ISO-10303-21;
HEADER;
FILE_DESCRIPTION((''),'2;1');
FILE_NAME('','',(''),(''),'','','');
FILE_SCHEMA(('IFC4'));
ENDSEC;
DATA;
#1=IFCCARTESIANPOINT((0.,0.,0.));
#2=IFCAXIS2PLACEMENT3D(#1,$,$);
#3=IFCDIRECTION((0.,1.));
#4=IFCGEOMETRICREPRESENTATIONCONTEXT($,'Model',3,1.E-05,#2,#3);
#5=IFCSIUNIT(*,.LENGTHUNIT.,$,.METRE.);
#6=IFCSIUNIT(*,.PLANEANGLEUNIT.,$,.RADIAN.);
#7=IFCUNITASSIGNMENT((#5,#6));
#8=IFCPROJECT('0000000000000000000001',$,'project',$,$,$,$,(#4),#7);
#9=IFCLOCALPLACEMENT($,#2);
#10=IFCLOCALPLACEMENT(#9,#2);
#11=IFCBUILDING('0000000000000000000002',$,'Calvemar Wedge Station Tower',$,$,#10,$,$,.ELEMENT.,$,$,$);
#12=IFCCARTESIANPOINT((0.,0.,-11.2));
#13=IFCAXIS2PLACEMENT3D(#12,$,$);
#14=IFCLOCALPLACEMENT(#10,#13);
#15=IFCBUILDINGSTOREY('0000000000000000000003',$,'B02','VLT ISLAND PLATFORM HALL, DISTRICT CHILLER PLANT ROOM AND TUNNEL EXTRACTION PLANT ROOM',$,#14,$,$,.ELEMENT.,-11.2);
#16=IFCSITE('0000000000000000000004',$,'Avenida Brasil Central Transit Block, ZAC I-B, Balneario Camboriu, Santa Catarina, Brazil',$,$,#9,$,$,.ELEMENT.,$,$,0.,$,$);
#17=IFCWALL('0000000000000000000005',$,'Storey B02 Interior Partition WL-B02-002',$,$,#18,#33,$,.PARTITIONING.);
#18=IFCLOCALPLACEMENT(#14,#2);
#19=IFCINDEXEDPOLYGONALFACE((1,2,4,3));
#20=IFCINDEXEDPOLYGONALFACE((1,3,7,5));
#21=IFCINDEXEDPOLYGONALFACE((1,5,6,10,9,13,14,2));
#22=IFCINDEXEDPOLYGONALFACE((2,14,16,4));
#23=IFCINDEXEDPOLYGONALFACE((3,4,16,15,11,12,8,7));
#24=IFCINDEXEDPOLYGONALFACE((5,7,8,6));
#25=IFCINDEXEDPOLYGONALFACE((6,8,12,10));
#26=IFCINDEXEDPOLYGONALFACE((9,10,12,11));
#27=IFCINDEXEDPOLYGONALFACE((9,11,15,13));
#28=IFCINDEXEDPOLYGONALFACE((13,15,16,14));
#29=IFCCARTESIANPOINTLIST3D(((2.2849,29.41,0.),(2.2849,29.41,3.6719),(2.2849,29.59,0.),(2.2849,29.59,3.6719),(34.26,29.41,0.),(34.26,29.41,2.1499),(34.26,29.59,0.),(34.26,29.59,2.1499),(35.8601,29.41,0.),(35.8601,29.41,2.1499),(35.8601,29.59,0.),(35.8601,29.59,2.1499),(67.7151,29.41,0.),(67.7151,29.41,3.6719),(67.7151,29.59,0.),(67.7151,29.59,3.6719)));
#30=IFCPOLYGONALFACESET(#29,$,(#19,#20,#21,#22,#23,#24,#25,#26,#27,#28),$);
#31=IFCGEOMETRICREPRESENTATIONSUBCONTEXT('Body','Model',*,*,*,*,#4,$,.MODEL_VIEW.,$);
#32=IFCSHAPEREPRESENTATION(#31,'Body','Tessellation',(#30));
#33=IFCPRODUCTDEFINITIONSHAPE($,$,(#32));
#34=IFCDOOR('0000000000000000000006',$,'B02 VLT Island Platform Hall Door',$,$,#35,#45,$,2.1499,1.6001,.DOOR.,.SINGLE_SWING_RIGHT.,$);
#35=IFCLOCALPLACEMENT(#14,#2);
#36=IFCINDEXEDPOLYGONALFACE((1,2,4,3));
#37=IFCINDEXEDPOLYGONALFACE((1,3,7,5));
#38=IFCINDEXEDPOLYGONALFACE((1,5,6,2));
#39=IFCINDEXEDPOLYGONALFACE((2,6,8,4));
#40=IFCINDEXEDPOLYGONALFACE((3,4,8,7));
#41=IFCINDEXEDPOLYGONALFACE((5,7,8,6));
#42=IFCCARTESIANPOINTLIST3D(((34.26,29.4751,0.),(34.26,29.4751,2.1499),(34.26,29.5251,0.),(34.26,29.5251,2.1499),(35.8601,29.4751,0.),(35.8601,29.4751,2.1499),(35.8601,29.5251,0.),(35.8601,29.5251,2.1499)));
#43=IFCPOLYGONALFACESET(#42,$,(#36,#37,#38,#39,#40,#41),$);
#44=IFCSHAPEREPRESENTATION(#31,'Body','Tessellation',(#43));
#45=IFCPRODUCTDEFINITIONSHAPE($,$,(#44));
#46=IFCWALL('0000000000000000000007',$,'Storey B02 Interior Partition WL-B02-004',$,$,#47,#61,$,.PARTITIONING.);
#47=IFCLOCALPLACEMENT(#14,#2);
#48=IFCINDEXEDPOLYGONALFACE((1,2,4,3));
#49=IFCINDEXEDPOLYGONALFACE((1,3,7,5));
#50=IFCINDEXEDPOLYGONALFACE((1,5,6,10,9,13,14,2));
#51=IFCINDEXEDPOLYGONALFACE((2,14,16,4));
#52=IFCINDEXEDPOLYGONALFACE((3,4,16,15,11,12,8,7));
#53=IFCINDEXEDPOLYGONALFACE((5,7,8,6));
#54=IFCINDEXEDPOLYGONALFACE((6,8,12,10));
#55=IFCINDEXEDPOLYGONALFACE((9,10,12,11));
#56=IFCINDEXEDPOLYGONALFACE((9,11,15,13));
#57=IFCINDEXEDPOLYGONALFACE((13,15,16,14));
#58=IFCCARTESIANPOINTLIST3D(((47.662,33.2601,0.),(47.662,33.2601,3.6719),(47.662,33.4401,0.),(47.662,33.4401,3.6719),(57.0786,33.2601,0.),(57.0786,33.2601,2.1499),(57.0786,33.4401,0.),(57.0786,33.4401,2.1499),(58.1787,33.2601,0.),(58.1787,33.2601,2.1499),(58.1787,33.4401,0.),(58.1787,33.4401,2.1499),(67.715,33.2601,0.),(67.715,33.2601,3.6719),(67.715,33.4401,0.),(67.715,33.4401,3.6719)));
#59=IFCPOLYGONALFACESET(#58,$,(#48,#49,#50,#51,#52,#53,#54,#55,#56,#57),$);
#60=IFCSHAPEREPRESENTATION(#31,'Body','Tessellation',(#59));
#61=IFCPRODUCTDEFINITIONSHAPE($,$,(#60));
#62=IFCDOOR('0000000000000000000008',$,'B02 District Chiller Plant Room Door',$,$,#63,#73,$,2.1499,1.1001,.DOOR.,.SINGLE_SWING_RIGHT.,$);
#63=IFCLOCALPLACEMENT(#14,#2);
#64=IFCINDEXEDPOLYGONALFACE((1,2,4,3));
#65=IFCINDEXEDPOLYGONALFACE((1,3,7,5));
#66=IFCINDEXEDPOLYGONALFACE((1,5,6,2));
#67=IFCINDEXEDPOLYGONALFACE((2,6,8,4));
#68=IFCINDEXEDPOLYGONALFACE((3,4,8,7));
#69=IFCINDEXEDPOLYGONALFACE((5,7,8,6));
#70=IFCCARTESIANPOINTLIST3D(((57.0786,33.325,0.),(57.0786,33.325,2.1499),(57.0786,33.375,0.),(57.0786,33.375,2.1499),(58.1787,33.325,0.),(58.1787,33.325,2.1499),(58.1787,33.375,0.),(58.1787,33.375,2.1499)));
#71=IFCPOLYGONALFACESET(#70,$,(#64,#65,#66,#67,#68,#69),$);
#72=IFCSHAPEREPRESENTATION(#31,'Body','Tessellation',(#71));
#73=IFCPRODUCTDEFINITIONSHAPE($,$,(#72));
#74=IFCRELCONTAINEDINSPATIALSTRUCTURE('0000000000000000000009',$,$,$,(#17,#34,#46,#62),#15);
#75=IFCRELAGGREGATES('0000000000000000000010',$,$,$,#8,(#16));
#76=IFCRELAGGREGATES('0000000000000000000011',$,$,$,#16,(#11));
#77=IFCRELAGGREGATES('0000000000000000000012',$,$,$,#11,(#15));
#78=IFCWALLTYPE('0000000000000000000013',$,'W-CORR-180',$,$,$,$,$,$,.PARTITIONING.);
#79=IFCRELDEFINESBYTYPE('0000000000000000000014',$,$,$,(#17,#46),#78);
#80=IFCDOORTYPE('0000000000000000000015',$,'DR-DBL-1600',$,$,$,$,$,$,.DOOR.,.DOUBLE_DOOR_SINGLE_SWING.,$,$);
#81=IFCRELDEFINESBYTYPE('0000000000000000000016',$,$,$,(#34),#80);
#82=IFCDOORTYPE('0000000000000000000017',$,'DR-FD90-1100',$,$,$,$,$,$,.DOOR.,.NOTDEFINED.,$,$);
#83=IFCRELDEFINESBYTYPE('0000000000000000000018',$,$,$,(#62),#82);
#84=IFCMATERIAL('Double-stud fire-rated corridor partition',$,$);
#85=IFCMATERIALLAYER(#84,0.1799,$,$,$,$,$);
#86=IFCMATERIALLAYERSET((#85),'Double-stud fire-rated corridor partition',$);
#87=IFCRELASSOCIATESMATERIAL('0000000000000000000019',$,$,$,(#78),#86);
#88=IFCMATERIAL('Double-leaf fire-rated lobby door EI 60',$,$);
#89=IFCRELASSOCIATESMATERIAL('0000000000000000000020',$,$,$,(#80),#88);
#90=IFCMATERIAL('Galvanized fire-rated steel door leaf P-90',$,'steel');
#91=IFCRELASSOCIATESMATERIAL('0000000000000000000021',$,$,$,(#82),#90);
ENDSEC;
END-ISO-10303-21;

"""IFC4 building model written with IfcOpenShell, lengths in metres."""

from ifc_helpers import new_model, si_unit, direction, frame, frame_2d, origin, place, context, subcontext, project, spatial, rectangle, extrude, source, transform, mapped, material, layer, layer_set, type_object, element, fill, save


model = new_model("IFC4")

# Units and contexts
model_context = context("Model", 3, precision=1e-05, world=origin(), true_north=direction((0.0, 1.0)))
body_context = subcontext(model_context, "Body", "Model", "MODEL_VIEW")
ifc_project = project(units=[si_unit("LENGTHUNIT", "METRE"), si_unit("PLANEANGLEUNIT", "RADIAN")], contexts=[model_context])

# Site, building, storey
site_placement = place(None, origin())
site = spatial("IfcSite", under=ifc_project, at=site_placement, Name="Avenida Brasil Central Transit Block, ZAC I-B, Balneario Camboriu, Santa Catarina, Brazil", CompositionType="ELEMENT", RefElevation=0.0)
building_placement = place(site_placement, origin())
building = spatial("IfcBuilding", under=site, at=building_placement, Name="Calvemar Wedge Station Tower", CompositionType="ELEMENT")
storey_placement = place(building_placement, frame((0.0, 0.0, -11.2)))
storey = spatial("IfcBuildingStorey", under=building, at=storey_placement, Name="B02", Description="VLT ISLAND PLATFORM HALL, DISTRICT CHILLER PLANT ROOM AND TUNNEL EXTRACTION PLANT ROOM", CompositionType="ELEMENT", Elevation=-11.2)

# Walls, openings, doors
ifc_material_1 = material(Name="Double-stud fire-rated corridor partition")
ifc_layer = layer(ifc_material_1, 0.1799)
ifc_layer_set = layer_set([ifc_layer], Name="Double-stud fire-rated corridor partition")
wall_type = type_object("IfcWallType", Name="W-CORR-180", PredefinedType="PARTITIONING", material=ifc_layer_set)
wall_1_placement = place(storey_placement, frame((67.7151, 29.5, 0.0), z_axis=(0.0, 0.0, 1.0), x_axis=(-1.0, 0.0, 0.0)))
wall_1 = element("IfcWall", 1, at=wall_1_placement, inside=storey, type_object=wall_type, Name="Storey B02 Interior Partition WL-B02-002", PredefinedType="PARTITIONING", context=body_context, shape_type="SweptSolid", body=[
    extrude(rectangle(XDim=65.4302, YDim=0.1799, at=frame_2d((32.7151, 0.0))), origin(), (0.0, 0.0, 1.0), 3.6719),
])
shared_shape_1 = source(origin(), body_context, "Body", "SweptSolid", [
    extrude(rectangle(XDim=1.6001, YDim=2.1499, at=frame_2d((0.8, 1.075))), frame((0.0, 0.1001, 0.0), z_axis=(0.0, -1.0, 0.0), x_axis=(1.0, 0.0, 0.0)), (0.0, 0.0, 1.0), 0.2),
])
opening_1_placement = place(wall_1_placement, frame((31.855, 0.0, 0.0)))
opening_1 = element("IfcOpeningElement", 2, at=opening_1_placement, cuts=wall_1, PredefinedType="OPENING", context=body_context, shape_type="MappedRepresentation", body=[
    mapped(shared_shape_1, transform((0.0, 0.0, 0.0), scale=1.0)),
])
ifc_material_2 = material(Name="Double-leaf fire-rated lobby door EI 60")
door_type_1 = type_object("IfcDoorType", Name="DR-DBL-1600", OperationType="DOUBLE_DOOR_SINGLE_SWING", PredefinedType="DOOR", material=ifc_material_2)
shared_shape_2 = source(origin(), body_context, "Body", "SweptSolid", [
    extrude(rectangle(XDim=1.6001, YDim=2.1499, at=frame_2d((0.8, 1.075))), frame((0.0, 0.0249, 0.0), z_axis=(0.0, -1.0, 0.0), x_axis=(1.0, 0.0, 0.0)), (0.0, 0.0, 1.0), 0.05),
])
door_1_placement = place(opening_1_placement, origin())
door_1 = element("IfcDoor", 3, at=door_1_placement, inside=storey, type_object=door_type_1, Name="B02 VLT Island Platform Hall Door", OperationType="SINGLE_SWING_RIGHT", OverallHeight=2.1499, OverallWidth=1.6001, PredefinedType="DOOR", context=body_context, shape_type="MappedRepresentation", body=[
    mapped(shared_shape_2, transform((0.0, 0.0, 0.0), scale=1.0)),
])
fill(opening_1, door_1)
wall_2_placement = place(storey_placement, frame((47.6621, 33.3501, 0.0), z_axis=(0.0, 0.0, 1.0), x_axis=(1.0, 0.0, 0.0)))
wall_2 = element("IfcWall", 4, at=wall_2_placement, inside=storey, type_object=wall_type, Name="Storey B02 Interior Partition WL-B02-004", PredefinedType="PARTITIONING", context=body_context, shape_type="SweptSolid", body=[
    extrude(rectangle(XDim=20.053, YDim=0.1799, at=frame_2d((10.0264, 0.0))), origin(), (0.0, 0.0, 1.0), 3.6719),
])
shared_shape_3 = source(origin(), body_context, "Body", "SweptSolid", [
    extrude(rectangle(XDim=1.1001, YDim=2.1499, at=frame_2d((0.55, 1.075))), frame((0.0, 0.1001, 0.0), z_axis=(0.0, -1.0, 0.0), x_axis=(1.0, 0.0, 0.0)), (0.0, 0.0, 1.0), 0.2),
])
opening_2_placement = place(wall_2_placement, frame((9.4165, 0.0, 0.0)))
opening_2 = element("IfcOpeningElement", 5, at=opening_2_placement, cuts=wall_2, PredefinedType="OPENING", context=body_context, shape_type="MappedRepresentation", body=[
    mapped(shared_shape_3, transform((0.0, 0.0, 0.0), scale=1.0)),
])
ifc_material_3 = material(Name="Galvanized fire-rated steel door leaf P-90", Category="steel")
door_type_2 = type_object("IfcDoorType", Name="DR-FD90-1100", OperationType="NOTDEFINED", PredefinedType="DOOR", material=ifc_material_3)
shared_shape_4 = source(origin(), body_context, "Body", "SweptSolid", [
    extrude(rectangle(XDim=1.1001, YDim=2.1499, at=frame_2d((0.55, 1.075))), frame((0.0, 0.0249, 0.0), z_axis=(0.0, -1.0, 0.0), x_axis=(1.0, 0.0, 0.0)), (0.0, 0.0, 1.0), 0.05),
])
door_2_placement = place(opening_2_placement, origin())
door_2 = element("IfcDoor", 6, at=door_2_placement, inside=storey, type_object=door_type_2, Name="B02 District Chiller Plant Room Door", OperationType="SINGLE_SWING_RIGHT", OverallHeight=2.1499, OverallWidth=1.1001, PredefinedType="DOOR", context=body_context, shape_type="MappedRepresentation", body=[
    mapped(shared_shape_4, transform((0.0, 0.0, 0.0), scale=1.0)),
])
fill(opening_2, door_2)

save(model, "model.ifc")
